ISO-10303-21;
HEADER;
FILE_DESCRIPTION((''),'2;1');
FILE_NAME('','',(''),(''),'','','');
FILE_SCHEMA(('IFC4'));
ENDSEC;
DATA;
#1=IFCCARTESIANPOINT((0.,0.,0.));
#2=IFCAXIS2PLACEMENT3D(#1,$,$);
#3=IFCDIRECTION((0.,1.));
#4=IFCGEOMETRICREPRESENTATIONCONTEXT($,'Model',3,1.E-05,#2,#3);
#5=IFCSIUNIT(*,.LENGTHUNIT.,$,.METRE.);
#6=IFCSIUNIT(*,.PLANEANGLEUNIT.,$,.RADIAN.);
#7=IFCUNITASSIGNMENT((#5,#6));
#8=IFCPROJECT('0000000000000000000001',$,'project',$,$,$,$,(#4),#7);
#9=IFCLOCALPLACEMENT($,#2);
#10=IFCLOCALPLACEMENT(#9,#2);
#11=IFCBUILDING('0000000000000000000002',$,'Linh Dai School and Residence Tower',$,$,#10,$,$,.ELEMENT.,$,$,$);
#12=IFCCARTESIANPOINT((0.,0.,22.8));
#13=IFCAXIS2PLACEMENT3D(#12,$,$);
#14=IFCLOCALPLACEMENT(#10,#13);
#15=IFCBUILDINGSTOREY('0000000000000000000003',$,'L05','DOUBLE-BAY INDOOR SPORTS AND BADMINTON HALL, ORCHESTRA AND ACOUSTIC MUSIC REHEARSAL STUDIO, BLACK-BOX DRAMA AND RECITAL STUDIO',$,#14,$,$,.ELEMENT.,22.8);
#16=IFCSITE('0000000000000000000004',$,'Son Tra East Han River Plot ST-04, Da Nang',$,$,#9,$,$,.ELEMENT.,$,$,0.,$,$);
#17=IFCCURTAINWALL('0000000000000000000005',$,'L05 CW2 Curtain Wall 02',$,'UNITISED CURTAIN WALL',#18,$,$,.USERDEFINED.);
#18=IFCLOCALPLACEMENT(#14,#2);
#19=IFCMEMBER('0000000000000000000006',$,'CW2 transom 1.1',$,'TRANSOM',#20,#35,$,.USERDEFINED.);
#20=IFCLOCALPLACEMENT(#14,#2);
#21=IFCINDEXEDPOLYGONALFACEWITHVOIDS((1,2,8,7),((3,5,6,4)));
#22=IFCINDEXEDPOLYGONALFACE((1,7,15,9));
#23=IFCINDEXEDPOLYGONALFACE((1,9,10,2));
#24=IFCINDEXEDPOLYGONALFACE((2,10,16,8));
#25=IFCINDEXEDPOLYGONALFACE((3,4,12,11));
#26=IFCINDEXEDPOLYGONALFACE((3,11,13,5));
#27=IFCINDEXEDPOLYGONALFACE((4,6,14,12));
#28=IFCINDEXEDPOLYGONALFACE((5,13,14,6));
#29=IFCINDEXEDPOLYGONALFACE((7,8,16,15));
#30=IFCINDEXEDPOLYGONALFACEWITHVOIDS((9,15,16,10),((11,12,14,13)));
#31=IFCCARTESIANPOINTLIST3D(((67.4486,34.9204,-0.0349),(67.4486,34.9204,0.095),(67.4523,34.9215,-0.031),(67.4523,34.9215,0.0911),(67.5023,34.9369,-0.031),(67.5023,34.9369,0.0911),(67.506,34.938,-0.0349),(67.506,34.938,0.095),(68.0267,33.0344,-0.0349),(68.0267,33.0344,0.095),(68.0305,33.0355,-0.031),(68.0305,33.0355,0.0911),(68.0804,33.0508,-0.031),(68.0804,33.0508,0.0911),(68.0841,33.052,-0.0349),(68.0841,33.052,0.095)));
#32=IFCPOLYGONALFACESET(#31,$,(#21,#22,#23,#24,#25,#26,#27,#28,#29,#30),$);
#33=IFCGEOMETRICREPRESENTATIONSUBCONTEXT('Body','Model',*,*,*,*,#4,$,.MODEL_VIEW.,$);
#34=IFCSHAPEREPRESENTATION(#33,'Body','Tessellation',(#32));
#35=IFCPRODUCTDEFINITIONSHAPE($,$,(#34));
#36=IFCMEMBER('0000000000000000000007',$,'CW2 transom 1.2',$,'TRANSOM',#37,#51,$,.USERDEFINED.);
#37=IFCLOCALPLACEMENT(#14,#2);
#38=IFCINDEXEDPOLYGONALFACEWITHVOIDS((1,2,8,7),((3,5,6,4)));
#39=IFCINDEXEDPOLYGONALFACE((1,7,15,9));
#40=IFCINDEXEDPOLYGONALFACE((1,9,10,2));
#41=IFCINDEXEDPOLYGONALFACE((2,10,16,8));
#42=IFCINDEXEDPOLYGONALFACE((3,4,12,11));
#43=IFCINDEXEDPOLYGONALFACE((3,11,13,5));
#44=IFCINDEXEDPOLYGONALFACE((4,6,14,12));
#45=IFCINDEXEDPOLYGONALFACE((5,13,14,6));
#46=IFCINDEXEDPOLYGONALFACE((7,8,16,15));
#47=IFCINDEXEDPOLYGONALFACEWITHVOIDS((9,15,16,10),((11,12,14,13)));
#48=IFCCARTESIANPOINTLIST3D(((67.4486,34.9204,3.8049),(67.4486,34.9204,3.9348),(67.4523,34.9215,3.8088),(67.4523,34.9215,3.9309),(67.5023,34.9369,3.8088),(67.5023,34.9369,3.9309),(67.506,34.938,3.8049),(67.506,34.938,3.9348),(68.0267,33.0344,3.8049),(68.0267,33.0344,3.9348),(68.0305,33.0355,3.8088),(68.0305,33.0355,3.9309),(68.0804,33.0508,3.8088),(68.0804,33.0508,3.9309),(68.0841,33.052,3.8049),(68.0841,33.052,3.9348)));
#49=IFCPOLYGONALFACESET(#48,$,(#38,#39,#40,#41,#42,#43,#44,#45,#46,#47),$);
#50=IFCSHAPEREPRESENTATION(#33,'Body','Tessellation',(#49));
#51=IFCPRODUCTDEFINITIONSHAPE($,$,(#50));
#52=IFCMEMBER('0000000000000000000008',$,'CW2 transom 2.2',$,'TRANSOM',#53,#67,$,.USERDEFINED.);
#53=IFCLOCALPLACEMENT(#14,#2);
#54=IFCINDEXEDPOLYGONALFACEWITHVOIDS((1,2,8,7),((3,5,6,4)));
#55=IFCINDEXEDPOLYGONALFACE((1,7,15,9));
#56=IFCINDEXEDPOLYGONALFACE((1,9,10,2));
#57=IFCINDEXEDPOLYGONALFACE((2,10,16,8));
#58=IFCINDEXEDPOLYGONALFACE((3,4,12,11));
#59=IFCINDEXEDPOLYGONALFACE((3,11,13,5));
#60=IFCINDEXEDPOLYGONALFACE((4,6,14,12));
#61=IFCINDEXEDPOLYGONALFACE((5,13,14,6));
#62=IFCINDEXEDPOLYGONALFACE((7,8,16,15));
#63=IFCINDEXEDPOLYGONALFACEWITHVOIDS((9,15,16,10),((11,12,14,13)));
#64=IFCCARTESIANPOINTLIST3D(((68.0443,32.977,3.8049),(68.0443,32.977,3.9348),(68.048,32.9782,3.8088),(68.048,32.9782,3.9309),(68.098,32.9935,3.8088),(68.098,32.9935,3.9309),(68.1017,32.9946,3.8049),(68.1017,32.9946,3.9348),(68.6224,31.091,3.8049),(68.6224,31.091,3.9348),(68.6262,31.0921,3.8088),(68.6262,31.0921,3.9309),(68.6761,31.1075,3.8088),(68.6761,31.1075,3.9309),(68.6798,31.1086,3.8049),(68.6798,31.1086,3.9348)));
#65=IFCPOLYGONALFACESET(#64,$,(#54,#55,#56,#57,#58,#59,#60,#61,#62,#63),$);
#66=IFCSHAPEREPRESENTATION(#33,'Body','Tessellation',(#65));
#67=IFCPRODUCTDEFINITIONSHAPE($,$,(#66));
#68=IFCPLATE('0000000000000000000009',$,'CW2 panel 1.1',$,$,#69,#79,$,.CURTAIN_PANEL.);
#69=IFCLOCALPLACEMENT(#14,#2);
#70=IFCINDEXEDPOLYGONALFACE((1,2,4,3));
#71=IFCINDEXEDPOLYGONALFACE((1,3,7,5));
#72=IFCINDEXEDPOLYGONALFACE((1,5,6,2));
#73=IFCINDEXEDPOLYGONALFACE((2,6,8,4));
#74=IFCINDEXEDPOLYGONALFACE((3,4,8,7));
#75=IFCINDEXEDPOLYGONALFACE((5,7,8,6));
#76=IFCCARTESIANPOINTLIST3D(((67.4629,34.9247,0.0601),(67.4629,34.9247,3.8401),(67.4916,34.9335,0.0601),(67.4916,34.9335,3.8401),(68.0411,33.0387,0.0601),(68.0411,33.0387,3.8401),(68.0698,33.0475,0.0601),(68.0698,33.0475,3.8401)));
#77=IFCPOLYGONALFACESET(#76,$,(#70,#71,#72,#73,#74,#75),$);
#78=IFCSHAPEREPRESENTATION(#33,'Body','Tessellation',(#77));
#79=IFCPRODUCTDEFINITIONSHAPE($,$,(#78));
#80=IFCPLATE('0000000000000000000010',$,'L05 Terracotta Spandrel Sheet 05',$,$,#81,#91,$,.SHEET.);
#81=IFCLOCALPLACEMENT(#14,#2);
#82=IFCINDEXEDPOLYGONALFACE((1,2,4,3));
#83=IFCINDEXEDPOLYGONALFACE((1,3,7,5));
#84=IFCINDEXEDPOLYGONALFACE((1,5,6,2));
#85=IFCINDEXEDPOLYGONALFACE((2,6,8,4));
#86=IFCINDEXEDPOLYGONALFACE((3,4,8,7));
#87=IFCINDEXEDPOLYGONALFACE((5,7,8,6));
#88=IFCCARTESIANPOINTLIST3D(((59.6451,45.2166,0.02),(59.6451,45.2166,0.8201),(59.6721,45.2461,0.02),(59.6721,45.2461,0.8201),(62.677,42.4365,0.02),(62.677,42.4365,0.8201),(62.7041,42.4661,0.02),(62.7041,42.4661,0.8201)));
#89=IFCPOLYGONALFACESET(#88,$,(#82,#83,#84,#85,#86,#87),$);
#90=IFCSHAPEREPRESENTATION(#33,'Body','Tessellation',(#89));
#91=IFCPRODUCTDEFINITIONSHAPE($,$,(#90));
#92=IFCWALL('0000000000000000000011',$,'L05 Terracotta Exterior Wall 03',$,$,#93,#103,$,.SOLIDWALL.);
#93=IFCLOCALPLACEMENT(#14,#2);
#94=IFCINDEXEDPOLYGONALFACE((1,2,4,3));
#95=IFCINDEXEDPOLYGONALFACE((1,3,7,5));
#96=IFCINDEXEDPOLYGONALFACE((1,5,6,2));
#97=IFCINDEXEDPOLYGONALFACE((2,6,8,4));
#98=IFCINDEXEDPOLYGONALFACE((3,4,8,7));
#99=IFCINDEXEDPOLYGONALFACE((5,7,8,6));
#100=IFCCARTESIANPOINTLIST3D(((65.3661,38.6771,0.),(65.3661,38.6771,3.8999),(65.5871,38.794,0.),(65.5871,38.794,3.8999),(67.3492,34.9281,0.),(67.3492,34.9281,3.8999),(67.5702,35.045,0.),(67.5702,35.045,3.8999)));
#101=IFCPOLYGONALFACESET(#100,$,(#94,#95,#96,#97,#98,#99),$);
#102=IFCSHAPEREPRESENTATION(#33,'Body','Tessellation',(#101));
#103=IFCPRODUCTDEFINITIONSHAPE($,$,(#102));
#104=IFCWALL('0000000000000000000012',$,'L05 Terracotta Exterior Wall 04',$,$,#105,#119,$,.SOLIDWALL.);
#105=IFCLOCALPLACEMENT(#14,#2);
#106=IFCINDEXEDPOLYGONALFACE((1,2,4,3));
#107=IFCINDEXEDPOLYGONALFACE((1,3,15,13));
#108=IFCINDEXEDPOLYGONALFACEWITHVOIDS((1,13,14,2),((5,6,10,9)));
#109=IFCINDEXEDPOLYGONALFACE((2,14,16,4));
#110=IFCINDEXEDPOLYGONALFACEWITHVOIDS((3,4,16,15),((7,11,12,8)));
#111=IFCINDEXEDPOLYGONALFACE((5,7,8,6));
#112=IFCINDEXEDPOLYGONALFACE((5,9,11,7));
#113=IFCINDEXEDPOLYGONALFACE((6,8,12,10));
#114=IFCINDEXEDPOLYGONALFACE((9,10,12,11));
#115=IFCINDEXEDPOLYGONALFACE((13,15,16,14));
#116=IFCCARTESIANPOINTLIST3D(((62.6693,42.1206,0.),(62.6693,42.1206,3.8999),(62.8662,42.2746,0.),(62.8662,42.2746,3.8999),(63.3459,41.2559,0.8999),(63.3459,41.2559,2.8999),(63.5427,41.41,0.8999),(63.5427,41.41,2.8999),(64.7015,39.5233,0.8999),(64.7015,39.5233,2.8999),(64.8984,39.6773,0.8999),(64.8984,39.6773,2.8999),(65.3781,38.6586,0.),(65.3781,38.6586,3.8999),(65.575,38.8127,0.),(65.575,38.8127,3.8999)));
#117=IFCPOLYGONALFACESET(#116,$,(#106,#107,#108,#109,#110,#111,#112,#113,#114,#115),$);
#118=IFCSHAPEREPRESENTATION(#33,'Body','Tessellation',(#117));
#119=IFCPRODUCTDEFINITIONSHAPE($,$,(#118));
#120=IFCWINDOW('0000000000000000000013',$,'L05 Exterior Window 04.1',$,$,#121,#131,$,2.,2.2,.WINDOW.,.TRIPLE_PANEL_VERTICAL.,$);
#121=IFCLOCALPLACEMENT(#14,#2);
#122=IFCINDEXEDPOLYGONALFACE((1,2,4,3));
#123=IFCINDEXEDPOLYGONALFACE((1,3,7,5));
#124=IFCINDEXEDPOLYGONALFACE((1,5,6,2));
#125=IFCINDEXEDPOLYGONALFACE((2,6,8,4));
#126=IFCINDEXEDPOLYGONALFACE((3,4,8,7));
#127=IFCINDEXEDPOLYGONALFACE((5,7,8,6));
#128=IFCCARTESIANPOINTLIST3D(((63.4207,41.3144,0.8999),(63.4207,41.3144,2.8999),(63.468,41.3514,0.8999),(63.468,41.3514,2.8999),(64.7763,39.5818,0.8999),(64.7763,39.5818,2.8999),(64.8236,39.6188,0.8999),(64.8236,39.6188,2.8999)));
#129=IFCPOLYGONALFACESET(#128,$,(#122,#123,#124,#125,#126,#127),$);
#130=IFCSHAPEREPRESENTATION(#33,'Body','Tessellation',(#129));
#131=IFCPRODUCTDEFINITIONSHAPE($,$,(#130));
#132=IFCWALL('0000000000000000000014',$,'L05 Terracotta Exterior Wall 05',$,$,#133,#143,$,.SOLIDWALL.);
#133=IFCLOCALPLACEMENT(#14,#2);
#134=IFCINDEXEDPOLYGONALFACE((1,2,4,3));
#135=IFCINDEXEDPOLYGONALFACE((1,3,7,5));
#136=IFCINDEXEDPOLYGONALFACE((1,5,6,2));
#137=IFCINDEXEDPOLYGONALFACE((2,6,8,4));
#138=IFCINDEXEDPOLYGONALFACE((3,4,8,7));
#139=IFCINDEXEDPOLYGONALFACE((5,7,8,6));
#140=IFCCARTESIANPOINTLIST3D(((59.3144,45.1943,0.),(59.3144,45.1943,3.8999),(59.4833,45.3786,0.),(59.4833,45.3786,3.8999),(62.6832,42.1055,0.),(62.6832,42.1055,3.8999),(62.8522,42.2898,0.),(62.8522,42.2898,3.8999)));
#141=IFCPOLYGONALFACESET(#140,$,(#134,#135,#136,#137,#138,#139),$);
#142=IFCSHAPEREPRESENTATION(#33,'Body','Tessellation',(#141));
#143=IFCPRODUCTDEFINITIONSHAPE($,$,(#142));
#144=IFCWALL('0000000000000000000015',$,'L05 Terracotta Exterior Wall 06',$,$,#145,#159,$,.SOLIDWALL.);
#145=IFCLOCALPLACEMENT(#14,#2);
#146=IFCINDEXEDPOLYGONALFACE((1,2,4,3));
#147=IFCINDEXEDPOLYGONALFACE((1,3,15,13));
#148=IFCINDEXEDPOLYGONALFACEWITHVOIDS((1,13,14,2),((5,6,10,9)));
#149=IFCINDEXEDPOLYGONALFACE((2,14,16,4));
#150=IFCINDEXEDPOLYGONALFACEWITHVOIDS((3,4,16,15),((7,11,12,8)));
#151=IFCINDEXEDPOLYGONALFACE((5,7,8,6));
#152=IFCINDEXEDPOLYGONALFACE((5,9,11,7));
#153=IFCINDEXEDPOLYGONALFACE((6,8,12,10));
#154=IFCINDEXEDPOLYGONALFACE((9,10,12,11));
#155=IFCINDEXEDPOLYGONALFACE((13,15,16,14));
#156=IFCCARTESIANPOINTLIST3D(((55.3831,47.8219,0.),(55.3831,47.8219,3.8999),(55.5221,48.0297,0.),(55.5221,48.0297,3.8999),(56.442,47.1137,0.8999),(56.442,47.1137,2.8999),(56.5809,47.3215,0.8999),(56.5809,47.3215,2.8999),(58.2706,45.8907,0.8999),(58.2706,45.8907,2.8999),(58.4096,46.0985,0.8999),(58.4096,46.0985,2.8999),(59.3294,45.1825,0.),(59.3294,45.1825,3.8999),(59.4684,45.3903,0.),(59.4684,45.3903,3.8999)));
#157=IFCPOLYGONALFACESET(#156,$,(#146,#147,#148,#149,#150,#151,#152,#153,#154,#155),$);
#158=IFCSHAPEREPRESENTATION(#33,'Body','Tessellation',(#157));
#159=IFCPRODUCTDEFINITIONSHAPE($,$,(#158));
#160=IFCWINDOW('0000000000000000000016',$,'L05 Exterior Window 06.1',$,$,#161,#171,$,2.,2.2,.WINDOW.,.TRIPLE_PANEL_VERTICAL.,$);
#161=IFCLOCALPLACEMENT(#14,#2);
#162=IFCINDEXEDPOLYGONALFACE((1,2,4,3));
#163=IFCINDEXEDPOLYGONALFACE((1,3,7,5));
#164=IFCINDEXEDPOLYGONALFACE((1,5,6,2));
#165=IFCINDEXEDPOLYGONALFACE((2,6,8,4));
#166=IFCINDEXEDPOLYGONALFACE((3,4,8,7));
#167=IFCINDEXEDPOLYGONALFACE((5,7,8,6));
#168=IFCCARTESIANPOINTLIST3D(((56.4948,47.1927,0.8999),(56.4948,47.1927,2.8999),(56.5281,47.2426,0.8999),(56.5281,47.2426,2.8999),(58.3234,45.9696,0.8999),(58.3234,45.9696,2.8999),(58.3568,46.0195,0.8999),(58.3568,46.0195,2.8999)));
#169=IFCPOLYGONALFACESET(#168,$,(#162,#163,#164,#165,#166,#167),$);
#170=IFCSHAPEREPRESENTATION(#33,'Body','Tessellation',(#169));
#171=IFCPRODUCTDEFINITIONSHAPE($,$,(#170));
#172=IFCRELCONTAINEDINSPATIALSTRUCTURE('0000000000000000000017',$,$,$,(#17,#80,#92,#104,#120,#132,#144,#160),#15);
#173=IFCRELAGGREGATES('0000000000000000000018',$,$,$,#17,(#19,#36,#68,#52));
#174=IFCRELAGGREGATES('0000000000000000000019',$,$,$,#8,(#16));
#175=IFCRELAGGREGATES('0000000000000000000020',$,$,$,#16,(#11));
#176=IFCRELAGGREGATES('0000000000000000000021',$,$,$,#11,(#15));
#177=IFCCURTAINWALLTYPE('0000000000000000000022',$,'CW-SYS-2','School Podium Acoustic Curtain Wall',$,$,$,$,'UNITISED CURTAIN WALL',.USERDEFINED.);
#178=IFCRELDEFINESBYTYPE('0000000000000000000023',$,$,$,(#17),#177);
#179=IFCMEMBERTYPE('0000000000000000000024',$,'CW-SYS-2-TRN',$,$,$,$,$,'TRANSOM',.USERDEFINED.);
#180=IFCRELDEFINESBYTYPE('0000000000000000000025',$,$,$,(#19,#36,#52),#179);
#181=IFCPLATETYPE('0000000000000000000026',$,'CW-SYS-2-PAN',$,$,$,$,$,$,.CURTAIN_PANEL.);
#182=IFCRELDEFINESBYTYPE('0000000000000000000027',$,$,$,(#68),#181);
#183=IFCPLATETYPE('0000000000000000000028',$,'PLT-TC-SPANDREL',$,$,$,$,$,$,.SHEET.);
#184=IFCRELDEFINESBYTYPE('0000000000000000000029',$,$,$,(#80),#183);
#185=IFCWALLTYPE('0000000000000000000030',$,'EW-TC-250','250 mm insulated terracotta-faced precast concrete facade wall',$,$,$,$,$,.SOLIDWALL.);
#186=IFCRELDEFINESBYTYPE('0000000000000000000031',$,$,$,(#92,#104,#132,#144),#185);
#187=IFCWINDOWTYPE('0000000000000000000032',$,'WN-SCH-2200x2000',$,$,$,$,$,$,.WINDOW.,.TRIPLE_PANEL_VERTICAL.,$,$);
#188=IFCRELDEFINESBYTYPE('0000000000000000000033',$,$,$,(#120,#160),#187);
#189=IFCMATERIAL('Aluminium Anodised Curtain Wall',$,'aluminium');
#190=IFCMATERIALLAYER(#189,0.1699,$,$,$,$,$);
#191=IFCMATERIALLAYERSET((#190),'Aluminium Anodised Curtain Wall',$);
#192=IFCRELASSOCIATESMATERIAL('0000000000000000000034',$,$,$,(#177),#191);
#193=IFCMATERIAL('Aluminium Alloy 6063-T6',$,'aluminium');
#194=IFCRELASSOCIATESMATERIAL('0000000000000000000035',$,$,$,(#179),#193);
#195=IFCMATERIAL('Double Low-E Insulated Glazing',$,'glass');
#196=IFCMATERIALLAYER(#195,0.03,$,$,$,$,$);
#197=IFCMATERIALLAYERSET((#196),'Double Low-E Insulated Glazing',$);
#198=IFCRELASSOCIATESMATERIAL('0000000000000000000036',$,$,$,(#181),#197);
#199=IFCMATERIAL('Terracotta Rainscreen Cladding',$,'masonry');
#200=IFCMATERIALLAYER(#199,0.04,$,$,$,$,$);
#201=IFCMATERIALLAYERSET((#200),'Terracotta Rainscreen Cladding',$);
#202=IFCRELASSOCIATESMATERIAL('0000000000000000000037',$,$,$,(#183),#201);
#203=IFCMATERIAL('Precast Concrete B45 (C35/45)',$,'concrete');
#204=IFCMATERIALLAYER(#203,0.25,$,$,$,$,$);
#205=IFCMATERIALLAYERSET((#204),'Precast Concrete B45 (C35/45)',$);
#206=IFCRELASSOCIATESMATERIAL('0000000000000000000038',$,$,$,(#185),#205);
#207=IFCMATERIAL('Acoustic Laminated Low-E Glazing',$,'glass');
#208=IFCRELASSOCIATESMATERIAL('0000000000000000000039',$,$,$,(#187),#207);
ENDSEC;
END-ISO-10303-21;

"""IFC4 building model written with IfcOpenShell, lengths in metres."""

from ifc_helpers import new_model, si_unit, direction, frame, frame_2d, origin, origin_2d, place, context, subcontext, project, spatial, rectangle, hollow_rectangle, extrude, source, transform, mapped, material, layer, layer_set, material_profile, profile_set, type_object, element, fill, aggregate, save


model = new_model("IFC4")

# Units and contexts
model_context = context("Model", 3, precision=1e-05, world=origin(), true_north=direction((0.0, 1.0)))
body_context = subcontext(model_context, "Body", "Model", "MODEL_VIEW")
ifc_project = project(units=[si_unit("LENGTHUNIT", "METRE"), si_unit("PLANEANGLEUNIT", "RADIAN")], contexts=[model_context])

# Site, building, storey
site_placement = place(None, origin())
site = spatial("IfcSite", under=ifc_project, at=site_placement, Name="Son Tra East Han River Plot ST-04, Da Nang", CompositionType="ELEMENT", RefElevation=0.0)
building_placement = place(site_placement, origin())
building = spatial("IfcBuilding", under=site, at=building_placement, Name="Linh Dai School and Residence Tower", CompositionType="ELEMENT")
storey_placement = place(building_placement, frame((0.0, 0.0, 22.8)))
storey = spatial("IfcBuildingStorey", under=building, at=storey_placement, Name="L05", Description="DOUBLE-BAY INDOOR SPORTS AND BADMINTON HALL, ORCHESTRA AND ACOUSTIC MUSIC REHEARSAL STUDIO, BLACK-BOX DRAMA AND RECITAL STUDIO", CompositionType="ELEMENT", Elevation=22.8)

# Curtain wall, members, plate
ifc_material_1 = material(Name="Aluminium Anodised Curtain Wall", Category="aluminium")
ifc_layer_1 = layer(ifc_material_1, 0.1699)
ifc_layer_set_1 = layer_set([ifc_layer_1], Name="Aluminium Anodised Curtain Wall")
curtain_wall_type = type_object("IfcCurtainWallType", Name="CW-SYS-2", Description="School Podium Acoustic Curtain Wall", ElementType="UNITISED CURTAIN WALL", PredefinedType="USERDEFINED", material=ifc_layer_set_1)
curtain_wall_placement = place(storey_placement, origin())
curtain_wall = element("IfcCurtainWall", 1, at=curtain_wall_placement, inside=storey, type_object=curtain_wall_type, Name="L05 CW2 Curtain Wall 02", ObjectType="UNITISED CURTAIN WALL", PredefinedType="USERDEFINED")
ifc_material_2 = material(Name="Aluminium Alloy 6063-T6", Category="aluminium")
ifc_material_profile_1 = material_profile(ifc_material_2, hollow_rectangle(XDim=0.0601, YDim=0.1299, WallThickness=0.0039, at=origin_2d()), Name="RHS 130x60x4")
ifc_profile_set_1 = profile_set([ifc_material_profile_1], Name="Aluminium Alloy 6063-T6")
member_type_1 = type_object("IfcMemberType", Name="CW-SYS-2-TRN", ElementType="TRANSOM", PredefinedType="USERDEFINED", material=ifc_profile_set_1)
shared_shape_1 = source(origin(), body_context, "Body", "SweptSolid", [
    extrude(hollow_rectangle(XDim=0.0601, YDim=0.1299, WallThickness=0.0039, at=origin_2d()), origin(), (0.0, 0.0, 1.0), 1.9727),
])
member_1_placement = place(storey_placement, frame((67.4773, 34.9292, 0.03), z_axis=(0.293077, -0.956089, 0.0), x_axis=(0.956089, 0.293077, 0.0)))
member_1 = element("IfcMember", 2, at=member_1_placement, type_object=member_type_1, Name="CW2 transom 1.1", ObjectType="TRANSOM", PredefinedType="USERDEFINED", context=body_context, shape_type="MappedRepresentation", body=[
    mapped(shared_shape_1, transform((0.0, 0.0, 0.0), x_axis=(1.0, 0.0, 0.0), y_axis=(0.0, 1.0, 0.0), z_axis=(0.0, 0.0, 1.0), scale=1.0)),
])
member_2_placement = place(storey_placement, frame((67.4773, 34.9292, 3.8699), z_axis=(0.293077, -0.956089, 0.0), x_axis=(0.956089, 0.293077, 0.0)))
member_2 = element("IfcMember", 3, at=member_2_placement, type_object=member_type_1, Name="CW2 transom 1.2", ObjectType="TRANSOM", PredefinedType="USERDEFINED", context=body_context, shape_type="MappedRepresentation", body=[
    mapped(shared_shape_1, transform((0.0, 0.0, 0.0), x_axis=(1.0, 0.0, 0.0), y_axis=(0.0, 1.0, 0.0), z_axis=(0.0, 0.0, 1.0), scale=1.0)),
])
member_3_placement = place(storey_placement, frame((68.073, 32.9858, 3.8699), z_axis=(0.293077, -0.956089, 0.0), x_axis=(0.956089, 0.293077, 0.0)))
member_3 = element("IfcMember", 4, at=member_3_placement, type_object=member_type_1, Name="CW2 transom 2.2", ObjectType="TRANSOM", PredefinedType="USERDEFINED", context=body_context, shape_type="MappedRepresentation", body=[
    mapped(shared_shape_1, transform((0.0, 0.0, 0.0), x_axis=(1.0, 0.0, 0.0), y_axis=(0.0, 1.0, 0.0), z_axis=(0.0, 0.0, 1.0), scale=1.0)),
])
ifc_material_3 = material(Name="Double Low-E Insulated Glazing", Category="glass")
ifc_layer_2 = layer(ifc_material_3, 0.03)
ifc_layer_set_2 = layer_set([ifc_layer_2], Name="Double Low-E Insulated Glazing")
plate_type_1 = type_object("IfcPlateType", Name="CW-SYS-2-PAN", PredefinedType="CURTAIN_PANEL", material=ifc_layer_set_2)
shared_shape_2 = source(origin(), body_context, "Body", "SweptSolid", [
    extrude(rectangle(XDim=1.9727, YDim=0.03, at=origin_2d()), origin(), (0.0, 0.0, 1.0), 3.78),
])
plate_1_placement = place(storey_placement, frame((67.7664, 33.9861, 0.0601), z_axis=(0.0, 0.0, 1.0), x_axis=(0.293104, -0.956081, 0.0)))
plate_1 = element("IfcPlate", 5, at=plate_1_placement, type_object=plate_type_1, Name="CW2 panel 1.1", PredefinedType="CURTAIN_PANEL", context=body_context, shape_type="MappedRepresentation", body=[
    mapped(shared_shape_2, transform((0.0, 0.0, 0.0), x_axis=(1.0, 0.0, 0.0), y_axis=(0.0, 1.0, 0.0), z_axis=(0.0, 0.0, 1.0), scale=1.0)),
])
aggregate(curtain_wall, [member_1, member_2, plate_1, member_3])

# Plate
ifc_material_4 = material(Name="Terracotta Rainscreen Cladding", Category="masonry")
ifc_layer_3 = layer(ifc_material_4, 0.04)
ifc_layer_set_3 = layer_set([ifc_layer_3], Name="Terracotta Rainscreen Cladding")
plate_type_2 = type_object("IfcPlateType", Name="PLT-TC-SPANDREL", PredefinedType="SHEET", material=ifc_layer_set_3)
shared_shape_3 = source(origin(), body_context, "Body", "SweptSolid", [
    extrude(rectangle(XDim=4.1135, YDim=0.04, at=origin_2d()), origin(), (0.0, 0.0, 1.0), 0.8),
])
plate_2_placement = place(storey_placement, frame((61.1746, 43.8413, 0.02), z_axis=(0.0, 0.0, 1.0), x_axis=(0.737063, -0.675824, 0.0)))
element("IfcPlate", 6, at=plate_2_placement, inside=storey, type_object=plate_type_2, Name="L05 Terracotta Spandrel Sheet 05", PredefinedType="SHEET", context=body_context, shape_type="MappedRepresentation", body=[
    mapped(shared_shape_3, transform((0.0, 0.0, 0.0), x_axis=(1.0, 0.0, 0.0), y_axis=(0.0, 1.0, 0.0), z_axis=(0.0, 0.0, 1.0), scale=1.0)),
])

# Wall
ifc_material_5 = material(Name="Precast Concrete B45 (C35/45)", Category="concrete")
ifc_layer_4 = layer(ifc_material_5, 0.25)
ifc_layer_set_4 = layer_set([ifc_layer_4], Name="Precast Concrete B45 (C35/45)")
wall_type_1 = type_object("IfcWallType", Name="EW-TC-250", Description="250 mm insulated terracotta-faced precast concrete facade wall", PredefinedType="SOLIDWALL", material=ifc_layer_set_4)
wall_1_placement = place(storey_placement, frame((65.4766, 38.7356, 0.0), z_axis=(0.0, 0.0, 1.0), x_axis=(0.467589, -0.883946, 0.0)))
element("IfcWall", 7, at=wall_1_placement, inside=storey, type_object=wall_type_1, Name="L05 Terracotta Exterior Wall 03", PredefinedType="SOLIDWALL", context=body_context, shape_type="SweptSolid", body=[
    extrude(rectangle(XDim=4.2412, YDim=0.25, at=frame_2d((2.1206, 0.0))), origin(), (0.0, 0.0, 1.0), 3.8999),
])

# Wall, opening, window
wall_2_placement = place(storey_placement, frame((62.7678, 42.1975, 0.0), z_axis=(0.0, 0.0, 1.0), x_axis=(0.616226, -0.787569, 0.0)))
wall_2 = element("IfcWall", 8, at=wall_2_placement, inside=storey, type_object=wall_type_1, Name="L05 Terracotta Exterior Wall 04", PredefinedType="SOLIDWALL", context=body_context, shape_type="SweptSolid", body=[
    extrude(rectangle(XDim=4.3958, YDim=0.25, at=frame_2d((2.1978, 0.0))), origin(), (0.0, 0.0, 1.0), 3.8999),
])
opening_1_placement = place(wall_2_placement, frame((1.0977, 0.0, 0.8999)))
opening_1 = element("IfcOpeningElement", 9, at=opening_1_placement, cuts=wall_2, PredefinedType="OPENING", context=body_context, shape_type="SweptSolid", body=[
    extrude(rectangle(XDim=2.2, YDim=2.0, at=origin_2d()), frame((1.1001, 0.135, 1.0), z_axis=(0.0, -1.0, 0.0), x_axis=(1.0, 0.0, 0.0)), (0.0, 0.0, 1.0), 0.27),
])
ifc_material_6 = material(Name="Acoustic Laminated Low-E Glazing", Category="glass")
window_type = type_object("IfcWindowType", Name="WN-SCH-2200x2000", PartitioningType="TRIPLE_PANEL_VERTICAL", PredefinedType="WINDOW", material=ifc_material_6)
shared_shape_4 = source(origin(), body_context, "Body", "SweptSolid", [
    extrude(rectangle(XDim=2.2, YDim=2.0, at=origin_2d()), frame((1.1001, 0.03, 1.0), z_axis=(0.0, -1.0, 0.0), x_axis=(1.0, 0.0, 0.0)), (0.0, 0.0, 1.0), 0.0601),
])
window_1_placement = place(opening_1_placement, origin())
window_1 = element("IfcWindow", 10, at=window_1_placement, inside=storey, type_object=window_type, Name="L05 Exterior Window 04.1", OverallHeight=2.0, OverallWidth=2.2, PartitioningType="TRIPLE_PANEL_VERTICAL", PredefinedType="WINDOW", context=body_context, shape_type="MappedRepresentation", body=[
    mapped(shared_shape_4, transform((0.0, 0.0, 0.0), x_axis=(1.0, 0.0, 0.0), y_axis=(0.0, 1.0, 0.0), z_axis=(0.0, 0.0, 1.0), scale=1.0)),
])
fill(opening_1, window_1)

# Wall
wall_3_placement = place(storey_placement, frame((59.3989, 45.2864, 0.0), z_axis=(0.0, 0.0, 1.0), x_axis=(0.737077, -0.675809, 0.0)))
element("IfcWall", 11, at=wall_3_placement, inside=storey, type_object=wall_type_1, Name="L05 Terracotta Exterior Wall 05", PredefinedType="SOLIDWALL", context=body_context, shape_type="SweptSolid", body=[
    extrude(rectangle(XDim=4.5706, YDim=0.25, at=frame_2d((2.2852, 0.0))), origin(), (0.0, 0.0, 1.0), 3.8999),
])

# Wall, opening, window
wall_4_placement = place(storey_placement, frame((55.4526, 47.9258, 0.0), z_axis=(0.0, 0.0, 1.0), x_axis=(0.831219, -0.555946, 0.0)))
wall_4 = element("IfcWall", 12, at=wall_4_placement, inside=storey, type_object=wall_type_1, Name="L05 Terracotta Exterior Wall 06", PredefinedType="SOLIDWALL", context=body_context, shape_type="SweptSolid", body=[
    extrude(rectangle(XDim=4.7476, YDim=0.25, at=frame_2d((2.3738, 0.0))), origin(), (0.0, 0.0, 1.0), 3.8999),
])
opening_2_placement = place(wall_4_placement, frame((1.2737, 0.0, 0.8999)))
opening_2 = element("IfcOpeningElement", 13, at=opening_2_placement, cuts=wall_4, PredefinedType="OPENING", context=body_context, shape_type="SweptSolid", body=[
    extrude(rectangle(XDim=2.2, YDim=2.0, at=origin_2d()), frame((1.1001, 0.135, 1.0), z_axis=(0.0, -1.0, 0.0), x_axis=(1.0, 0.0, 0.0)), (0.0, 0.0, 1.0), 0.27),
])
window_2_placement = place(opening_2_placement, origin())
window_2 = element("IfcWindow", 14, at=window_2_placement, inside=storey, type_object=window_type, Name="L05 Exterior Window 06.1", OverallHeight=2.0, OverallWidth=2.2, PartitioningType="TRIPLE_PANEL_VERTICAL", PredefinedType="WINDOW", context=body_context, shape_type="MappedRepresentation", body=[
    mapped(shared_shape_4, transform((0.0, 0.0, 0.0), x_axis=(1.0, 0.0, 0.0), y_axis=(0.0, 1.0, 0.0), z_axis=(0.0, 0.0, 1.0), scale=1.0)),
])
fill(opening_2, window_2)

save(model, "model.ifc")
